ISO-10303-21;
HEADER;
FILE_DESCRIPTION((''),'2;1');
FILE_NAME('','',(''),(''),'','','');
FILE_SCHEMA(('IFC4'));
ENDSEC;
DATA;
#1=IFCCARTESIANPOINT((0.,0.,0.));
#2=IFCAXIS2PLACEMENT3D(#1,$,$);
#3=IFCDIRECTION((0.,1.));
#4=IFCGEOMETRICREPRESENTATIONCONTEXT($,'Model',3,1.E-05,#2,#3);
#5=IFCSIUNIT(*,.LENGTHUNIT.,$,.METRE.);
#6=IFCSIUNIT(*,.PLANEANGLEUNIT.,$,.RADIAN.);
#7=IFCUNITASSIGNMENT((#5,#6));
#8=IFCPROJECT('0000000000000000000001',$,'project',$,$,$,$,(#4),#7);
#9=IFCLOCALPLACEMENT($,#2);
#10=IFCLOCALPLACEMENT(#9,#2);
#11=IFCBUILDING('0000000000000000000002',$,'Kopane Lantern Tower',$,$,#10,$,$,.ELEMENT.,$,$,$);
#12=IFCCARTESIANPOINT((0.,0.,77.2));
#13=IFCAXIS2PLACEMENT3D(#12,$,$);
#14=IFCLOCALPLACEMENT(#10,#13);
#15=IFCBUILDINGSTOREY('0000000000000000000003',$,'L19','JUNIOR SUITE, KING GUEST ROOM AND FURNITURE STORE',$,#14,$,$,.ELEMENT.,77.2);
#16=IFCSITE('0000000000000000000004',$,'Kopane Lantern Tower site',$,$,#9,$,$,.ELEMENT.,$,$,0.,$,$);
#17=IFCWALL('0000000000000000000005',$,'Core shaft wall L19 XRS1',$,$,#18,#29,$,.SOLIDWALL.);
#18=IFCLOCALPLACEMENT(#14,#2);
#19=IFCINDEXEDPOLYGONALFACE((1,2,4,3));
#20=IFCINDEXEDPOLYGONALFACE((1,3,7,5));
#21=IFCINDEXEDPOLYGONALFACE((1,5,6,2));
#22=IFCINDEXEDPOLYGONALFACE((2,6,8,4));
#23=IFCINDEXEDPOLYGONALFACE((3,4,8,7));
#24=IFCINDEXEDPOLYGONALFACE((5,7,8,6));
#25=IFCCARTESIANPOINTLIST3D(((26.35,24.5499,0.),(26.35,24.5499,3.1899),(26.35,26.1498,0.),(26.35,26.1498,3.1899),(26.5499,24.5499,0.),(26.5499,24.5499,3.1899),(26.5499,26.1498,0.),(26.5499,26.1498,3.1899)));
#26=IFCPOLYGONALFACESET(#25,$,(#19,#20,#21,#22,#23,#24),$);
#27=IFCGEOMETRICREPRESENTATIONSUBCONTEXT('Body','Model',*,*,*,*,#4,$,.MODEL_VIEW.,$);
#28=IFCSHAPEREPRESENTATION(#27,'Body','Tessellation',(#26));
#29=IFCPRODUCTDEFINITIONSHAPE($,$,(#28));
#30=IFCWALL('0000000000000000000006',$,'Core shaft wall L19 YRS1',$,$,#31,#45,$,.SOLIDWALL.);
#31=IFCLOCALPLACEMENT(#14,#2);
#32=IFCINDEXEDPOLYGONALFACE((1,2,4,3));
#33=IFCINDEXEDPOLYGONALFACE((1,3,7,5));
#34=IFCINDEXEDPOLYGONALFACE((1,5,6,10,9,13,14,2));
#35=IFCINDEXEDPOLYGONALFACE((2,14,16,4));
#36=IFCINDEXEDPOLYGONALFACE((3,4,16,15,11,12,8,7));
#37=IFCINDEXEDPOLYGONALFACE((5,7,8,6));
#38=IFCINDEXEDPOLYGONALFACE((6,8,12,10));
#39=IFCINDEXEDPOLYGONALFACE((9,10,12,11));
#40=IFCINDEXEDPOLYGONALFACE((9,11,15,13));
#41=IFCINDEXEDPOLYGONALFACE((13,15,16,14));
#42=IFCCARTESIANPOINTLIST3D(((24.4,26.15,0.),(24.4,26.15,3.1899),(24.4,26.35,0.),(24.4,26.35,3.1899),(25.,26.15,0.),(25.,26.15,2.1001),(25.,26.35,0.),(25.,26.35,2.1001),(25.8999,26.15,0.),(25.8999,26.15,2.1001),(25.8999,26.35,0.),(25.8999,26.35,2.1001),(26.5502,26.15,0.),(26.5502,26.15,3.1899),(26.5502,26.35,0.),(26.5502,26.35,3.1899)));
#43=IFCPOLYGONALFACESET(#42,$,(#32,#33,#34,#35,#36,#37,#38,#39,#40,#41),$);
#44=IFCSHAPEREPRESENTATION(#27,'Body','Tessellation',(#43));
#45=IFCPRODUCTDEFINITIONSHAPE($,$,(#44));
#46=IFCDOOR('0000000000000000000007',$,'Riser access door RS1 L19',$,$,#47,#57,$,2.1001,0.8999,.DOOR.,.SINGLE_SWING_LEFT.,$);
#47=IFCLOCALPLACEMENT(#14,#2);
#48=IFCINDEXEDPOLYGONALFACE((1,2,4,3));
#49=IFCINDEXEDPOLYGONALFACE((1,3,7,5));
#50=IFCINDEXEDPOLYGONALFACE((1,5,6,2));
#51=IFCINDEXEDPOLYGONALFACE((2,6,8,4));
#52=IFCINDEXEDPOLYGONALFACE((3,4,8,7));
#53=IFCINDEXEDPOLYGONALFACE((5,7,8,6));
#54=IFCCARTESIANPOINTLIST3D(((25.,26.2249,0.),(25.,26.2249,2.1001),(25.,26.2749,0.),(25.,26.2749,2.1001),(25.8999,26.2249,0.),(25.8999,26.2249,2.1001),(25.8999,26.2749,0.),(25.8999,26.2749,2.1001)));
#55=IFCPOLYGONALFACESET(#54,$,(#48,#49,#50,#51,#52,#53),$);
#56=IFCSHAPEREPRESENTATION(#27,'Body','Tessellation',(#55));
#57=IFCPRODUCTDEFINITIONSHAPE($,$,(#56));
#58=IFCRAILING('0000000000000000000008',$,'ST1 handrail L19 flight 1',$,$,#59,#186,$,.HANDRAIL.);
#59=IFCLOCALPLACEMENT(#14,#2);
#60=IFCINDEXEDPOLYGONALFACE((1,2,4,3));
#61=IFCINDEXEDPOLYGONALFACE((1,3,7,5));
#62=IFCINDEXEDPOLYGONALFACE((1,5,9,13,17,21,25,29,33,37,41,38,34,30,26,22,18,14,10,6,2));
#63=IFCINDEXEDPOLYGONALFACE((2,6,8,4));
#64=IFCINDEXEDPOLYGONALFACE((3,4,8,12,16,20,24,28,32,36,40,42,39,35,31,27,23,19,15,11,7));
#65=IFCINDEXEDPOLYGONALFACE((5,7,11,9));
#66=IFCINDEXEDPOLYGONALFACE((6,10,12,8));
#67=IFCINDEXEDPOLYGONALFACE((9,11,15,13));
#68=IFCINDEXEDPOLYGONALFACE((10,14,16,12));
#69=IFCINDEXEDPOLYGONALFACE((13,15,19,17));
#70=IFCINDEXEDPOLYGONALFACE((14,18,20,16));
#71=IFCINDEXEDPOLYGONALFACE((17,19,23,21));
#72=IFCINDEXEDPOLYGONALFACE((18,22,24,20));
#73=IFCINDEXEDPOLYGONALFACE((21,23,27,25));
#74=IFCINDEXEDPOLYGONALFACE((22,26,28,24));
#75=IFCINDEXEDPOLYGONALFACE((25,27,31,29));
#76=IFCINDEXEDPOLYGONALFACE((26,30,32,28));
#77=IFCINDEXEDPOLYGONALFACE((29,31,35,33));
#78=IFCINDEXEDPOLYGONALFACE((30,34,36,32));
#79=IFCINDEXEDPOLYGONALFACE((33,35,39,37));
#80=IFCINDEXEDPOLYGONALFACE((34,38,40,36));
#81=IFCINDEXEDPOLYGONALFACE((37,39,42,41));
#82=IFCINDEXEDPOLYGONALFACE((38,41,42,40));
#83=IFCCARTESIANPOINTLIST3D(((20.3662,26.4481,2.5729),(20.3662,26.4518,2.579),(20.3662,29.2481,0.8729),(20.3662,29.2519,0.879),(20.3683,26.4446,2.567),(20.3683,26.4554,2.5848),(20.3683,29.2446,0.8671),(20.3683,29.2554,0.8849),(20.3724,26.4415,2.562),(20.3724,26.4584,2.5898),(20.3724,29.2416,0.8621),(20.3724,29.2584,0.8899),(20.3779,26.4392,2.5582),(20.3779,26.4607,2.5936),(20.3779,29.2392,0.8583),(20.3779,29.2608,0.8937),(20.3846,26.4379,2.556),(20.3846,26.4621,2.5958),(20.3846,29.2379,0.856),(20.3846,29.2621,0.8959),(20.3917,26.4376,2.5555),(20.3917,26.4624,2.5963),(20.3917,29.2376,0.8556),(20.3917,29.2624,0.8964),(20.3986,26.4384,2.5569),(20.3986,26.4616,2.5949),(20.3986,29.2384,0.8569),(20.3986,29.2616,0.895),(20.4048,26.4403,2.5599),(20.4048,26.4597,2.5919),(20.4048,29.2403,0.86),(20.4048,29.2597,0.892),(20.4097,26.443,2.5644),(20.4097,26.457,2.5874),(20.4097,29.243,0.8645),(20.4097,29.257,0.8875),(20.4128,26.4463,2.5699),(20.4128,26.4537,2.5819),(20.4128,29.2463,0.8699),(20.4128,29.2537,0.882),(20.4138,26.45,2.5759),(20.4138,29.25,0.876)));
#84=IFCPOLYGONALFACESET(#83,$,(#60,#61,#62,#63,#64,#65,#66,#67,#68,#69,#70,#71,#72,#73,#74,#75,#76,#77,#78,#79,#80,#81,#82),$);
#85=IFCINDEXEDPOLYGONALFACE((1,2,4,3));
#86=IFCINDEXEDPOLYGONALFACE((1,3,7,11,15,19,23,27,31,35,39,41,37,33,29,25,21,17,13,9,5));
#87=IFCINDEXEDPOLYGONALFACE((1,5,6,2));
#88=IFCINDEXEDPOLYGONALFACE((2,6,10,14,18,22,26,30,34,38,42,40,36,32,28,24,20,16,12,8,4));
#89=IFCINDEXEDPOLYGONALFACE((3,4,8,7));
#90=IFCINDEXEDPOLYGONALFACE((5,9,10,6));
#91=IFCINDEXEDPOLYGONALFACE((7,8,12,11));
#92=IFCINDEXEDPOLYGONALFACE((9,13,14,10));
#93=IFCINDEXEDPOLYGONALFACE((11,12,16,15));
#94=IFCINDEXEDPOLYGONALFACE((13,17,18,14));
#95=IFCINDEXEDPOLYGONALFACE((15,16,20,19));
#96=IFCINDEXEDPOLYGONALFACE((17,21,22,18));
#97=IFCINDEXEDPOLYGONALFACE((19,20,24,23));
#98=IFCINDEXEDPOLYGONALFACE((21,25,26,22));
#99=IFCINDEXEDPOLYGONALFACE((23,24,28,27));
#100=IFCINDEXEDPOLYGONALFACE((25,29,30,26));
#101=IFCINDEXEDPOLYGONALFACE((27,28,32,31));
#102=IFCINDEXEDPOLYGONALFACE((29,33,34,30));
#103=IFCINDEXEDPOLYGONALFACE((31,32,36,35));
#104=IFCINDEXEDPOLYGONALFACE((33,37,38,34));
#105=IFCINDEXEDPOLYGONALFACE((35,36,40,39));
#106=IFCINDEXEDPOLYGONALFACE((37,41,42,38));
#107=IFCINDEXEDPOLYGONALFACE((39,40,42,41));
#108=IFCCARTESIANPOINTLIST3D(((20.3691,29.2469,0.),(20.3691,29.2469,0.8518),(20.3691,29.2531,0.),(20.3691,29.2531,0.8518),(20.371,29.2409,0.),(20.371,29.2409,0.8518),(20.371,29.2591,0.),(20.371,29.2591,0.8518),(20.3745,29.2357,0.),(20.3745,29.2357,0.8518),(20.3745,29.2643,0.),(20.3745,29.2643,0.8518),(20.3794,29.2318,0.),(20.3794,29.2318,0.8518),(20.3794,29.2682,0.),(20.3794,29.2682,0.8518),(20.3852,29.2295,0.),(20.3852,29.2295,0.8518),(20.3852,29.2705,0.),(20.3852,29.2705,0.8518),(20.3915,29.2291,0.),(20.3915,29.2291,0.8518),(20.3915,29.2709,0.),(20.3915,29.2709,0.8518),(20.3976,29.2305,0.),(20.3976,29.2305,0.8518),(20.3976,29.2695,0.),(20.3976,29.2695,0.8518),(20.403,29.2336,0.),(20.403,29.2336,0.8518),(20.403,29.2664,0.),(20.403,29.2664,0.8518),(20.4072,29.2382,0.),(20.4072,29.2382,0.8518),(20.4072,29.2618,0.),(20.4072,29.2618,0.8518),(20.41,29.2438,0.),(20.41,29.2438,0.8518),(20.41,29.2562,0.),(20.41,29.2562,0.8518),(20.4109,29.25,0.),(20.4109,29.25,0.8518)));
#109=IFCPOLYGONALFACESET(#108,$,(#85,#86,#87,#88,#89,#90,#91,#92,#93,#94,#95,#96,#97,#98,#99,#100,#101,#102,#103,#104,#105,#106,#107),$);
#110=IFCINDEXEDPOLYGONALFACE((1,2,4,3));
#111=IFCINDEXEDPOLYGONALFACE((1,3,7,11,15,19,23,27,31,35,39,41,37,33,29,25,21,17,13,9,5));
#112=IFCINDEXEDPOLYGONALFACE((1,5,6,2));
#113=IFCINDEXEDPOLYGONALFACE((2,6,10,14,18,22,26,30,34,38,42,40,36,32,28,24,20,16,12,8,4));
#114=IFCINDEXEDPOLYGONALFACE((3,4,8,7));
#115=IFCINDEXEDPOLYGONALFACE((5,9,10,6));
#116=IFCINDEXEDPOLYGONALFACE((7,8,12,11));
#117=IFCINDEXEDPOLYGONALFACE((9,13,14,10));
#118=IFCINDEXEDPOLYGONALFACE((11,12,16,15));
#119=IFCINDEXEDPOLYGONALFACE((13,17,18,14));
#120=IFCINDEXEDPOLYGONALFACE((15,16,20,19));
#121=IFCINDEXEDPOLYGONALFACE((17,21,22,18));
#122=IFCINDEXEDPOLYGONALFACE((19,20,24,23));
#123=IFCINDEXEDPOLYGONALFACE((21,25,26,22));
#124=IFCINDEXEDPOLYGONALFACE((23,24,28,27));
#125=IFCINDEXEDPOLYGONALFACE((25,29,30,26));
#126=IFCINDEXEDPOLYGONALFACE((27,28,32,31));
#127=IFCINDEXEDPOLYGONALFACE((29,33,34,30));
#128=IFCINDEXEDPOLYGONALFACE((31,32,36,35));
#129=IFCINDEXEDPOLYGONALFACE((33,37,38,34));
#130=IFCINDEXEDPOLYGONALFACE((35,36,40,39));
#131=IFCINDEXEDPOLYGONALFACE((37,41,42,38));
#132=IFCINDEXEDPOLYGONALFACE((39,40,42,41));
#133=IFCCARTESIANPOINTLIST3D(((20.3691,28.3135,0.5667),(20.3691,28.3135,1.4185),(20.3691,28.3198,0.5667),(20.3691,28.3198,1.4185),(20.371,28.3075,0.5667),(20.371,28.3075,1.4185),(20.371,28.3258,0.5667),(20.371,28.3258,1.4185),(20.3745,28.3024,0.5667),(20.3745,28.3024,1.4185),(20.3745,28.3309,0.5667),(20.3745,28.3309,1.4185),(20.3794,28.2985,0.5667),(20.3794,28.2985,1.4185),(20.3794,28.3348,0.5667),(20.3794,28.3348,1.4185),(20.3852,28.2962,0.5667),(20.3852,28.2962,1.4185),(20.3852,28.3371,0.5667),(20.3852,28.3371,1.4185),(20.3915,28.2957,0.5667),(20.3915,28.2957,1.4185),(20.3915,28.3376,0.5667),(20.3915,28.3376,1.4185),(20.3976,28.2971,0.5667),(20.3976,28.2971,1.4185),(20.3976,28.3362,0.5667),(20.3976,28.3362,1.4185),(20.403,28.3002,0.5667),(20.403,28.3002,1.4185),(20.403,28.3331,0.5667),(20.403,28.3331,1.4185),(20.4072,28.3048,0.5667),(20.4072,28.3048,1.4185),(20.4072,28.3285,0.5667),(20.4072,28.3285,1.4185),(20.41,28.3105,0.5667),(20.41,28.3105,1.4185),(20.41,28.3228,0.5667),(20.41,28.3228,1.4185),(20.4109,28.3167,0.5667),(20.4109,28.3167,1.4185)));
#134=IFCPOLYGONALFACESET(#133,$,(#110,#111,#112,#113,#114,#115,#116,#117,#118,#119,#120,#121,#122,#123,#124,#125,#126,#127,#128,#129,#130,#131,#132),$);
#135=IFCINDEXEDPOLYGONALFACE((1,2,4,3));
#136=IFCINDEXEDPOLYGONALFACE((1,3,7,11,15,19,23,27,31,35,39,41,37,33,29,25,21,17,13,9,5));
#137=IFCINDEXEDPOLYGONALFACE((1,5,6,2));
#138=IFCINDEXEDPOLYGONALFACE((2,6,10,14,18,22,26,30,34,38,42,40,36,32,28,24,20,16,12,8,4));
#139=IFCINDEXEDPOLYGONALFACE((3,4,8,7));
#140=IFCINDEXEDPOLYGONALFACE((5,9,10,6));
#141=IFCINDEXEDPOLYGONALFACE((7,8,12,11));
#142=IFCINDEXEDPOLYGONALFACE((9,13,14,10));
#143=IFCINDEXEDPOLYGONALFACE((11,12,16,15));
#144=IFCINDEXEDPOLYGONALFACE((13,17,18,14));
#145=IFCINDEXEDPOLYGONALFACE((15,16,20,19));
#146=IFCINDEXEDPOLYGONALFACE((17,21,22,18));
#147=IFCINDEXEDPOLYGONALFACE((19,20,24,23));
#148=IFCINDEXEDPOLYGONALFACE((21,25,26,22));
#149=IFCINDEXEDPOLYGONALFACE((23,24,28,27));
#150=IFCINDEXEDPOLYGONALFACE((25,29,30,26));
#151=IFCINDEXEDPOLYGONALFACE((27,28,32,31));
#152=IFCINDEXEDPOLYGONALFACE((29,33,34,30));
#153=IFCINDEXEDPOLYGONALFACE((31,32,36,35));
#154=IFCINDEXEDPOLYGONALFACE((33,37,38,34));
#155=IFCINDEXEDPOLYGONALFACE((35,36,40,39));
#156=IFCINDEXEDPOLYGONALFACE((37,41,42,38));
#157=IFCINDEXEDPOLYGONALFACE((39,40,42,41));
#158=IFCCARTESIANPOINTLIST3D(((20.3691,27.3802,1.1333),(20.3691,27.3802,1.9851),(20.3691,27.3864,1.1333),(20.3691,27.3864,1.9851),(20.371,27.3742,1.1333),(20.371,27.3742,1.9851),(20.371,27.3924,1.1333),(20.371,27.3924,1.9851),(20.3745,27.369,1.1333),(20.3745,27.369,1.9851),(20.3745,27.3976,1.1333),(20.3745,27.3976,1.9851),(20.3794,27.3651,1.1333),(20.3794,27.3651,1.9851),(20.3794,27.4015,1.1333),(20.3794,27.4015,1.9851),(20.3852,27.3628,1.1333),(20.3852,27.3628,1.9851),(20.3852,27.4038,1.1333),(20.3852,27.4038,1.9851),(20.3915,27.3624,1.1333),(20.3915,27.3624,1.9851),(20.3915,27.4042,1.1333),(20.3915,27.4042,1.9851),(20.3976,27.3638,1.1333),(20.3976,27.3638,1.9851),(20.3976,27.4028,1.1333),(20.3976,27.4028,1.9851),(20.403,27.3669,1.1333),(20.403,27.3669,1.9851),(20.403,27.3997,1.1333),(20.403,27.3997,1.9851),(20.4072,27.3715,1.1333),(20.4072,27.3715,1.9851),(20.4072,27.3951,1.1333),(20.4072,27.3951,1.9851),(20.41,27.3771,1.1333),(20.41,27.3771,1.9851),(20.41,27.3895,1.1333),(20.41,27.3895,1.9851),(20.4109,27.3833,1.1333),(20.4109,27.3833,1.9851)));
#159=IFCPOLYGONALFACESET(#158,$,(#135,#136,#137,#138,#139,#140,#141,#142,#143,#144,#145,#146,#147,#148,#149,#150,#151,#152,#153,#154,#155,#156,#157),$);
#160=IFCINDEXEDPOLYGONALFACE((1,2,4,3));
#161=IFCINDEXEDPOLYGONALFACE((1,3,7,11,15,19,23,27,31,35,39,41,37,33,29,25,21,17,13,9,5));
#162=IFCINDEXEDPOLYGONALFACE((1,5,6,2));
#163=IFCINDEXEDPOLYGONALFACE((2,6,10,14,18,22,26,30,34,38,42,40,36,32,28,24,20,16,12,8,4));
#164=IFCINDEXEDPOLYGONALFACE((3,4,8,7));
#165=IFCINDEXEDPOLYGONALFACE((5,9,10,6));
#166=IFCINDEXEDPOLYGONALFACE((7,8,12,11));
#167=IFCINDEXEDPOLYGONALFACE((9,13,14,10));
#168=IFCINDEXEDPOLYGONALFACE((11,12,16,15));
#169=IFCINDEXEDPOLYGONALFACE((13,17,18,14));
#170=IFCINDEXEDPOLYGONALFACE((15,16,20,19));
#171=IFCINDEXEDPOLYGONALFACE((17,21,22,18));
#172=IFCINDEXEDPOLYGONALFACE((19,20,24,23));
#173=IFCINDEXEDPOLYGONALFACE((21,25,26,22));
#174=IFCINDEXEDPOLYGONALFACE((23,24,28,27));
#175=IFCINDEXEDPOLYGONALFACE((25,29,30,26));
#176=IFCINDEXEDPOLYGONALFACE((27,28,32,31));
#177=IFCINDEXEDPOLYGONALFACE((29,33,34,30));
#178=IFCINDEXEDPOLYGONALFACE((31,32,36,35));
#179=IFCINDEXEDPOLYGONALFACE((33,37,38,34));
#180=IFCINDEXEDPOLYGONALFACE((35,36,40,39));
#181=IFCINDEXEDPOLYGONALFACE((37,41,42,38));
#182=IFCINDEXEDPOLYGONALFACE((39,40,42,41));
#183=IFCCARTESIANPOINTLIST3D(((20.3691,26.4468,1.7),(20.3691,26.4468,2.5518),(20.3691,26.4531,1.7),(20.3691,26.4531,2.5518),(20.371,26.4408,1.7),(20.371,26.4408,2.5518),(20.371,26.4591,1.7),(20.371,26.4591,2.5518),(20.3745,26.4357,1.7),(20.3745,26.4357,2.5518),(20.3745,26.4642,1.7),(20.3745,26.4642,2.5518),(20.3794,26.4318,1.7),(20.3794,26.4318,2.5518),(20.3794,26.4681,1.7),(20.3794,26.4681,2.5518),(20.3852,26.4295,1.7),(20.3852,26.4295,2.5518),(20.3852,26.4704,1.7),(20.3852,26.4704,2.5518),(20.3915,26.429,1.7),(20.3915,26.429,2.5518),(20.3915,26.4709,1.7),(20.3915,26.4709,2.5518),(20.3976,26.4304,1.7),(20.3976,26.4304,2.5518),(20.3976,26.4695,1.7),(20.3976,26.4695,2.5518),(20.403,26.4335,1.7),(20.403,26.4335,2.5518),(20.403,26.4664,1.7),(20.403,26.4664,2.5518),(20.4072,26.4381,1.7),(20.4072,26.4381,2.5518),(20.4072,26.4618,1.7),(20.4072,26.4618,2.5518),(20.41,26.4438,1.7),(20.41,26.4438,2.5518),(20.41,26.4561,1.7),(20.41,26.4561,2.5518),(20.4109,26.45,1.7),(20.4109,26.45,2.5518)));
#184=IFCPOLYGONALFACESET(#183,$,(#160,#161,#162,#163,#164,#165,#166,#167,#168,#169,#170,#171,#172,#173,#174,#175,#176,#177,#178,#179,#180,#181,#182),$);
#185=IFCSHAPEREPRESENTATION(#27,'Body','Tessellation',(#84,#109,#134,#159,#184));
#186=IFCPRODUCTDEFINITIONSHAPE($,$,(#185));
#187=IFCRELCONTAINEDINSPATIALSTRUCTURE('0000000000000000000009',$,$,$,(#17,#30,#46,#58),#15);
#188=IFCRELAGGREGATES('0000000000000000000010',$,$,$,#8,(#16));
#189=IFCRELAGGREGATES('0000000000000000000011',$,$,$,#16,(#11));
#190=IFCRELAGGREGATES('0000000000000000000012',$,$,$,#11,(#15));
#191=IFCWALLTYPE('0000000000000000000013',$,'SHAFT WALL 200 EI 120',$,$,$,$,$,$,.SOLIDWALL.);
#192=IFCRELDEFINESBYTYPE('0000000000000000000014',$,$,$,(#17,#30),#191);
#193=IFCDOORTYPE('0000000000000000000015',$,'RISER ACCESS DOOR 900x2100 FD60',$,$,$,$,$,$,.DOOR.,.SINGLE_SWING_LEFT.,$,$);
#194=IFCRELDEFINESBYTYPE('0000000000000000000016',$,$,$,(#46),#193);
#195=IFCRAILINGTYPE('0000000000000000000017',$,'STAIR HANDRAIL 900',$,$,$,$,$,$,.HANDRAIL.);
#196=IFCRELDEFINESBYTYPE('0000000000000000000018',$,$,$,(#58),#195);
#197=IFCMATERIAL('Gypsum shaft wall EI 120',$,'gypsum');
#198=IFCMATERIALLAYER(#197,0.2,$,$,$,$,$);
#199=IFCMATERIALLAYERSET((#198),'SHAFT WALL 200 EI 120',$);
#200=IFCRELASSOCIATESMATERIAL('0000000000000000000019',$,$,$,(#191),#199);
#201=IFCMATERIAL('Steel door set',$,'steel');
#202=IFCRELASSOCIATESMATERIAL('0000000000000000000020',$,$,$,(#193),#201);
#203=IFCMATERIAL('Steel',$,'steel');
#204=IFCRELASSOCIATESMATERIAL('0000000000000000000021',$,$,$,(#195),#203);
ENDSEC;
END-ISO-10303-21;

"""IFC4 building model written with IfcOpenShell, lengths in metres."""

from ifc_helpers import new_model, si_unit, direction, frame, frame_2d, origin, origin_2d, place, context, subcontext, project, spatial, rectangle, circle, extrude, material, layer, layer_set, type_object, element, fill, save


model = new_model("IFC4")

# Units and contexts
model_context = context("Model", 3, precision=1e-05, world=origin(), true_north=direction((0.0, 1.0)))
body_context = subcontext(model_context, "Body", "Model", "MODEL_VIEW")
ifc_project = project(units=[si_unit("LENGTHUNIT", "METRE"), si_unit("PLANEANGLEUNIT", "RADIAN")], contexts=[model_context])

# Site, building, storey
site_placement = place(None, origin())
site = spatial("IfcSite", under=ifc_project, at=site_placement, Name="Kopane Lantern Tower site", CompositionType="ELEMENT", RefElevation=0.0)
building_placement = place(site_placement, origin())
building = spatial("IfcBuilding", under=site, at=building_placement, Name="Kopane Lantern Tower", CompositionType="ELEMENT")
storey_placement = place(building_placement, frame((0.0, 0.0, 77.2)))
storey = spatial("IfcBuildingStorey", under=building, at=storey_placement, Name="L19", Description="JUNIOR SUITE, KING GUEST ROOM AND FURNITURE STORE", CompositionType="ELEMENT", Elevation=77.2)

# Shared definitions
ifc_material_1 = material(Name="Gypsum shaft wall EI 120", Category="gypsum")
ifc_layer_1 = layer(ifc_material_1, 0.2)
ifc_layer_set_1 = layer_set([ifc_layer_1], Name="SHAFT WALL 200 EI 120")
wall_type_1 = type_object("IfcWallType", Name="SHAFT WALL 200 EI 120", PredefinedType="SOLIDWALL", material=ifc_layer_set_1)

# Wall
wall_1_placement = place(storey_placement, frame((26.45, 24.55, 0.0), z_axis=(0.0, 0.0, 1.0), x_axis=(0.0, 1.0, 0.0)))
element("IfcWall", 1, at=wall_1_placement, inside=storey, type_object=wall_type_1, Name="Core shaft wall L19 XRS1", PredefinedType="SOLIDWALL", context=body_context, shape_type="SweptSolid", body=[
    extrude(rectangle(XDim=1.5999, YDim=0.2, at=frame_2d((0.7998, 0.0))), origin(), (0.0, 0.0, 1.0), 3.1899),
])

# Wall, opening, door
wall_2_placement = place(storey_placement, frame((24.3999, 26.25, 0.0), z_axis=(0.0, 0.0, 1.0), x_axis=(1.0, 0.0, 0.0)))
wall_2 = element("IfcWall", 2, at=wall_2_placement, inside=storey, type_object=wall_type_1, Name="Core shaft wall L19 YRS1", PredefinedType="SOLIDWALL", context=body_context, shape_type="SweptSolid", body=[
    extrude(rectangle(XDim=2.1501, YDim=0.2, at=frame_2d((1.0752, 0.0))), origin(), (0.0, 0.0, 1.0), 3.1899),
])
opening_1_placement = place(wall_2_placement, frame((0.6001, 0.0, 0.0)))
opening_1 = element("IfcOpeningElement", 3, at=opening_1_placement, cuts=wall_2, PredefinedType="OPENING", context=body_context, shape_type="SweptSolid", body=[
    extrude(rectangle(XDim=0.8999, YDim=2.1001, at=frame_2d((0.45, 1.05))), frame((0.0, 0.1099, 0.0), z_axis=(0.0, -1.0, 0.0), x_axis=(1.0, 0.0, 0.0)), (0.0, 0.0, 1.0), 0.22),
])
ifc_material_2 = material(Name="Steel door set", Category="steel")
door_type_1 = type_object("IfcDoorType", Name="RISER ACCESS DOOR 900x2100 FD60", OperationType="SINGLE_SWING_LEFT", PredefinedType="DOOR", material=ifc_material_2)
door_1_placement = place(opening_1_placement, origin())
door_1 = element("IfcDoor", 4, at=door_1_placement, inside=storey, type_object=door_type_1, Name="Riser access door RS1 L19", OperationType="SINGLE_SWING_LEFT", OverallHeight=2.1001, OverallWidth=0.8999, PredefinedType="DOOR", context=body_context, shape_type="SweptSolid", body=[
    extrude(rectangle(XDim=0.8999, YDim=2.1001, at=frame_2d((0.45, 1.05))), frame((0.0, 0.0249, 0.0), z_axis=(0.0, -1.0, 0.0), x_axis=(1.0, 0.0, 0.0)), (0.0, 0.0, 1.0), 0.05),
])
fill(opening_1, door_1)

# Railing
ifc_material_3 = material(Name="Steel", Category="steel")
railing_type_1 = type_object("IfcRailingType", Name="STAIR HANDRAIL 900", PredefinedType="HANDRAIL", material=ifc_material_3)
for number, where, name in (
    (5, (20.3899, 29.25, 0.0), "ST1 handrail L19 flight 1"),
):
    element("IfcRailing", number, at=place(storey_placement, frame(where)), inside=storey, type_object=railing_type_1, Name=name, PredefinedType="HANDRAIL", context=body_context, shape_type="SweptSolid", body=[
        extrude(circle(Radius=0.0239, at=origin_2d()), frame((0.0, 0.0, 0.876), z_axis=(0.0, -0.854798, 0.518961), x_axis=(1.0, 0.0, 0.0)), (0.0, 0.0, 1.0), 3.2756),
        extrude(circle(Radius=0.021, at=origin_2d()), origin(), (0.0, 0.0, 1.0), 0.8518),
        extrude(circle(Radius=0.021, at=origin_2d()), frame((0.0, -0.9333, 0.5667)), (0.0, 0.0, 1.0), 0.8518),
        extrude(circle(Radius=0.021, at=origin_2d()), frame((0.0, -1.8667, 1.1333)), (0.0, 0.0, 1.0), 0.8518),
        extrude(circle(Radius=0.021, at=origin_2d()), frame((0.0, -2.8, 1.7)), (0.0, 0.0, 1.0), 0.8518),
    ])

save(model, "model.ifc")
